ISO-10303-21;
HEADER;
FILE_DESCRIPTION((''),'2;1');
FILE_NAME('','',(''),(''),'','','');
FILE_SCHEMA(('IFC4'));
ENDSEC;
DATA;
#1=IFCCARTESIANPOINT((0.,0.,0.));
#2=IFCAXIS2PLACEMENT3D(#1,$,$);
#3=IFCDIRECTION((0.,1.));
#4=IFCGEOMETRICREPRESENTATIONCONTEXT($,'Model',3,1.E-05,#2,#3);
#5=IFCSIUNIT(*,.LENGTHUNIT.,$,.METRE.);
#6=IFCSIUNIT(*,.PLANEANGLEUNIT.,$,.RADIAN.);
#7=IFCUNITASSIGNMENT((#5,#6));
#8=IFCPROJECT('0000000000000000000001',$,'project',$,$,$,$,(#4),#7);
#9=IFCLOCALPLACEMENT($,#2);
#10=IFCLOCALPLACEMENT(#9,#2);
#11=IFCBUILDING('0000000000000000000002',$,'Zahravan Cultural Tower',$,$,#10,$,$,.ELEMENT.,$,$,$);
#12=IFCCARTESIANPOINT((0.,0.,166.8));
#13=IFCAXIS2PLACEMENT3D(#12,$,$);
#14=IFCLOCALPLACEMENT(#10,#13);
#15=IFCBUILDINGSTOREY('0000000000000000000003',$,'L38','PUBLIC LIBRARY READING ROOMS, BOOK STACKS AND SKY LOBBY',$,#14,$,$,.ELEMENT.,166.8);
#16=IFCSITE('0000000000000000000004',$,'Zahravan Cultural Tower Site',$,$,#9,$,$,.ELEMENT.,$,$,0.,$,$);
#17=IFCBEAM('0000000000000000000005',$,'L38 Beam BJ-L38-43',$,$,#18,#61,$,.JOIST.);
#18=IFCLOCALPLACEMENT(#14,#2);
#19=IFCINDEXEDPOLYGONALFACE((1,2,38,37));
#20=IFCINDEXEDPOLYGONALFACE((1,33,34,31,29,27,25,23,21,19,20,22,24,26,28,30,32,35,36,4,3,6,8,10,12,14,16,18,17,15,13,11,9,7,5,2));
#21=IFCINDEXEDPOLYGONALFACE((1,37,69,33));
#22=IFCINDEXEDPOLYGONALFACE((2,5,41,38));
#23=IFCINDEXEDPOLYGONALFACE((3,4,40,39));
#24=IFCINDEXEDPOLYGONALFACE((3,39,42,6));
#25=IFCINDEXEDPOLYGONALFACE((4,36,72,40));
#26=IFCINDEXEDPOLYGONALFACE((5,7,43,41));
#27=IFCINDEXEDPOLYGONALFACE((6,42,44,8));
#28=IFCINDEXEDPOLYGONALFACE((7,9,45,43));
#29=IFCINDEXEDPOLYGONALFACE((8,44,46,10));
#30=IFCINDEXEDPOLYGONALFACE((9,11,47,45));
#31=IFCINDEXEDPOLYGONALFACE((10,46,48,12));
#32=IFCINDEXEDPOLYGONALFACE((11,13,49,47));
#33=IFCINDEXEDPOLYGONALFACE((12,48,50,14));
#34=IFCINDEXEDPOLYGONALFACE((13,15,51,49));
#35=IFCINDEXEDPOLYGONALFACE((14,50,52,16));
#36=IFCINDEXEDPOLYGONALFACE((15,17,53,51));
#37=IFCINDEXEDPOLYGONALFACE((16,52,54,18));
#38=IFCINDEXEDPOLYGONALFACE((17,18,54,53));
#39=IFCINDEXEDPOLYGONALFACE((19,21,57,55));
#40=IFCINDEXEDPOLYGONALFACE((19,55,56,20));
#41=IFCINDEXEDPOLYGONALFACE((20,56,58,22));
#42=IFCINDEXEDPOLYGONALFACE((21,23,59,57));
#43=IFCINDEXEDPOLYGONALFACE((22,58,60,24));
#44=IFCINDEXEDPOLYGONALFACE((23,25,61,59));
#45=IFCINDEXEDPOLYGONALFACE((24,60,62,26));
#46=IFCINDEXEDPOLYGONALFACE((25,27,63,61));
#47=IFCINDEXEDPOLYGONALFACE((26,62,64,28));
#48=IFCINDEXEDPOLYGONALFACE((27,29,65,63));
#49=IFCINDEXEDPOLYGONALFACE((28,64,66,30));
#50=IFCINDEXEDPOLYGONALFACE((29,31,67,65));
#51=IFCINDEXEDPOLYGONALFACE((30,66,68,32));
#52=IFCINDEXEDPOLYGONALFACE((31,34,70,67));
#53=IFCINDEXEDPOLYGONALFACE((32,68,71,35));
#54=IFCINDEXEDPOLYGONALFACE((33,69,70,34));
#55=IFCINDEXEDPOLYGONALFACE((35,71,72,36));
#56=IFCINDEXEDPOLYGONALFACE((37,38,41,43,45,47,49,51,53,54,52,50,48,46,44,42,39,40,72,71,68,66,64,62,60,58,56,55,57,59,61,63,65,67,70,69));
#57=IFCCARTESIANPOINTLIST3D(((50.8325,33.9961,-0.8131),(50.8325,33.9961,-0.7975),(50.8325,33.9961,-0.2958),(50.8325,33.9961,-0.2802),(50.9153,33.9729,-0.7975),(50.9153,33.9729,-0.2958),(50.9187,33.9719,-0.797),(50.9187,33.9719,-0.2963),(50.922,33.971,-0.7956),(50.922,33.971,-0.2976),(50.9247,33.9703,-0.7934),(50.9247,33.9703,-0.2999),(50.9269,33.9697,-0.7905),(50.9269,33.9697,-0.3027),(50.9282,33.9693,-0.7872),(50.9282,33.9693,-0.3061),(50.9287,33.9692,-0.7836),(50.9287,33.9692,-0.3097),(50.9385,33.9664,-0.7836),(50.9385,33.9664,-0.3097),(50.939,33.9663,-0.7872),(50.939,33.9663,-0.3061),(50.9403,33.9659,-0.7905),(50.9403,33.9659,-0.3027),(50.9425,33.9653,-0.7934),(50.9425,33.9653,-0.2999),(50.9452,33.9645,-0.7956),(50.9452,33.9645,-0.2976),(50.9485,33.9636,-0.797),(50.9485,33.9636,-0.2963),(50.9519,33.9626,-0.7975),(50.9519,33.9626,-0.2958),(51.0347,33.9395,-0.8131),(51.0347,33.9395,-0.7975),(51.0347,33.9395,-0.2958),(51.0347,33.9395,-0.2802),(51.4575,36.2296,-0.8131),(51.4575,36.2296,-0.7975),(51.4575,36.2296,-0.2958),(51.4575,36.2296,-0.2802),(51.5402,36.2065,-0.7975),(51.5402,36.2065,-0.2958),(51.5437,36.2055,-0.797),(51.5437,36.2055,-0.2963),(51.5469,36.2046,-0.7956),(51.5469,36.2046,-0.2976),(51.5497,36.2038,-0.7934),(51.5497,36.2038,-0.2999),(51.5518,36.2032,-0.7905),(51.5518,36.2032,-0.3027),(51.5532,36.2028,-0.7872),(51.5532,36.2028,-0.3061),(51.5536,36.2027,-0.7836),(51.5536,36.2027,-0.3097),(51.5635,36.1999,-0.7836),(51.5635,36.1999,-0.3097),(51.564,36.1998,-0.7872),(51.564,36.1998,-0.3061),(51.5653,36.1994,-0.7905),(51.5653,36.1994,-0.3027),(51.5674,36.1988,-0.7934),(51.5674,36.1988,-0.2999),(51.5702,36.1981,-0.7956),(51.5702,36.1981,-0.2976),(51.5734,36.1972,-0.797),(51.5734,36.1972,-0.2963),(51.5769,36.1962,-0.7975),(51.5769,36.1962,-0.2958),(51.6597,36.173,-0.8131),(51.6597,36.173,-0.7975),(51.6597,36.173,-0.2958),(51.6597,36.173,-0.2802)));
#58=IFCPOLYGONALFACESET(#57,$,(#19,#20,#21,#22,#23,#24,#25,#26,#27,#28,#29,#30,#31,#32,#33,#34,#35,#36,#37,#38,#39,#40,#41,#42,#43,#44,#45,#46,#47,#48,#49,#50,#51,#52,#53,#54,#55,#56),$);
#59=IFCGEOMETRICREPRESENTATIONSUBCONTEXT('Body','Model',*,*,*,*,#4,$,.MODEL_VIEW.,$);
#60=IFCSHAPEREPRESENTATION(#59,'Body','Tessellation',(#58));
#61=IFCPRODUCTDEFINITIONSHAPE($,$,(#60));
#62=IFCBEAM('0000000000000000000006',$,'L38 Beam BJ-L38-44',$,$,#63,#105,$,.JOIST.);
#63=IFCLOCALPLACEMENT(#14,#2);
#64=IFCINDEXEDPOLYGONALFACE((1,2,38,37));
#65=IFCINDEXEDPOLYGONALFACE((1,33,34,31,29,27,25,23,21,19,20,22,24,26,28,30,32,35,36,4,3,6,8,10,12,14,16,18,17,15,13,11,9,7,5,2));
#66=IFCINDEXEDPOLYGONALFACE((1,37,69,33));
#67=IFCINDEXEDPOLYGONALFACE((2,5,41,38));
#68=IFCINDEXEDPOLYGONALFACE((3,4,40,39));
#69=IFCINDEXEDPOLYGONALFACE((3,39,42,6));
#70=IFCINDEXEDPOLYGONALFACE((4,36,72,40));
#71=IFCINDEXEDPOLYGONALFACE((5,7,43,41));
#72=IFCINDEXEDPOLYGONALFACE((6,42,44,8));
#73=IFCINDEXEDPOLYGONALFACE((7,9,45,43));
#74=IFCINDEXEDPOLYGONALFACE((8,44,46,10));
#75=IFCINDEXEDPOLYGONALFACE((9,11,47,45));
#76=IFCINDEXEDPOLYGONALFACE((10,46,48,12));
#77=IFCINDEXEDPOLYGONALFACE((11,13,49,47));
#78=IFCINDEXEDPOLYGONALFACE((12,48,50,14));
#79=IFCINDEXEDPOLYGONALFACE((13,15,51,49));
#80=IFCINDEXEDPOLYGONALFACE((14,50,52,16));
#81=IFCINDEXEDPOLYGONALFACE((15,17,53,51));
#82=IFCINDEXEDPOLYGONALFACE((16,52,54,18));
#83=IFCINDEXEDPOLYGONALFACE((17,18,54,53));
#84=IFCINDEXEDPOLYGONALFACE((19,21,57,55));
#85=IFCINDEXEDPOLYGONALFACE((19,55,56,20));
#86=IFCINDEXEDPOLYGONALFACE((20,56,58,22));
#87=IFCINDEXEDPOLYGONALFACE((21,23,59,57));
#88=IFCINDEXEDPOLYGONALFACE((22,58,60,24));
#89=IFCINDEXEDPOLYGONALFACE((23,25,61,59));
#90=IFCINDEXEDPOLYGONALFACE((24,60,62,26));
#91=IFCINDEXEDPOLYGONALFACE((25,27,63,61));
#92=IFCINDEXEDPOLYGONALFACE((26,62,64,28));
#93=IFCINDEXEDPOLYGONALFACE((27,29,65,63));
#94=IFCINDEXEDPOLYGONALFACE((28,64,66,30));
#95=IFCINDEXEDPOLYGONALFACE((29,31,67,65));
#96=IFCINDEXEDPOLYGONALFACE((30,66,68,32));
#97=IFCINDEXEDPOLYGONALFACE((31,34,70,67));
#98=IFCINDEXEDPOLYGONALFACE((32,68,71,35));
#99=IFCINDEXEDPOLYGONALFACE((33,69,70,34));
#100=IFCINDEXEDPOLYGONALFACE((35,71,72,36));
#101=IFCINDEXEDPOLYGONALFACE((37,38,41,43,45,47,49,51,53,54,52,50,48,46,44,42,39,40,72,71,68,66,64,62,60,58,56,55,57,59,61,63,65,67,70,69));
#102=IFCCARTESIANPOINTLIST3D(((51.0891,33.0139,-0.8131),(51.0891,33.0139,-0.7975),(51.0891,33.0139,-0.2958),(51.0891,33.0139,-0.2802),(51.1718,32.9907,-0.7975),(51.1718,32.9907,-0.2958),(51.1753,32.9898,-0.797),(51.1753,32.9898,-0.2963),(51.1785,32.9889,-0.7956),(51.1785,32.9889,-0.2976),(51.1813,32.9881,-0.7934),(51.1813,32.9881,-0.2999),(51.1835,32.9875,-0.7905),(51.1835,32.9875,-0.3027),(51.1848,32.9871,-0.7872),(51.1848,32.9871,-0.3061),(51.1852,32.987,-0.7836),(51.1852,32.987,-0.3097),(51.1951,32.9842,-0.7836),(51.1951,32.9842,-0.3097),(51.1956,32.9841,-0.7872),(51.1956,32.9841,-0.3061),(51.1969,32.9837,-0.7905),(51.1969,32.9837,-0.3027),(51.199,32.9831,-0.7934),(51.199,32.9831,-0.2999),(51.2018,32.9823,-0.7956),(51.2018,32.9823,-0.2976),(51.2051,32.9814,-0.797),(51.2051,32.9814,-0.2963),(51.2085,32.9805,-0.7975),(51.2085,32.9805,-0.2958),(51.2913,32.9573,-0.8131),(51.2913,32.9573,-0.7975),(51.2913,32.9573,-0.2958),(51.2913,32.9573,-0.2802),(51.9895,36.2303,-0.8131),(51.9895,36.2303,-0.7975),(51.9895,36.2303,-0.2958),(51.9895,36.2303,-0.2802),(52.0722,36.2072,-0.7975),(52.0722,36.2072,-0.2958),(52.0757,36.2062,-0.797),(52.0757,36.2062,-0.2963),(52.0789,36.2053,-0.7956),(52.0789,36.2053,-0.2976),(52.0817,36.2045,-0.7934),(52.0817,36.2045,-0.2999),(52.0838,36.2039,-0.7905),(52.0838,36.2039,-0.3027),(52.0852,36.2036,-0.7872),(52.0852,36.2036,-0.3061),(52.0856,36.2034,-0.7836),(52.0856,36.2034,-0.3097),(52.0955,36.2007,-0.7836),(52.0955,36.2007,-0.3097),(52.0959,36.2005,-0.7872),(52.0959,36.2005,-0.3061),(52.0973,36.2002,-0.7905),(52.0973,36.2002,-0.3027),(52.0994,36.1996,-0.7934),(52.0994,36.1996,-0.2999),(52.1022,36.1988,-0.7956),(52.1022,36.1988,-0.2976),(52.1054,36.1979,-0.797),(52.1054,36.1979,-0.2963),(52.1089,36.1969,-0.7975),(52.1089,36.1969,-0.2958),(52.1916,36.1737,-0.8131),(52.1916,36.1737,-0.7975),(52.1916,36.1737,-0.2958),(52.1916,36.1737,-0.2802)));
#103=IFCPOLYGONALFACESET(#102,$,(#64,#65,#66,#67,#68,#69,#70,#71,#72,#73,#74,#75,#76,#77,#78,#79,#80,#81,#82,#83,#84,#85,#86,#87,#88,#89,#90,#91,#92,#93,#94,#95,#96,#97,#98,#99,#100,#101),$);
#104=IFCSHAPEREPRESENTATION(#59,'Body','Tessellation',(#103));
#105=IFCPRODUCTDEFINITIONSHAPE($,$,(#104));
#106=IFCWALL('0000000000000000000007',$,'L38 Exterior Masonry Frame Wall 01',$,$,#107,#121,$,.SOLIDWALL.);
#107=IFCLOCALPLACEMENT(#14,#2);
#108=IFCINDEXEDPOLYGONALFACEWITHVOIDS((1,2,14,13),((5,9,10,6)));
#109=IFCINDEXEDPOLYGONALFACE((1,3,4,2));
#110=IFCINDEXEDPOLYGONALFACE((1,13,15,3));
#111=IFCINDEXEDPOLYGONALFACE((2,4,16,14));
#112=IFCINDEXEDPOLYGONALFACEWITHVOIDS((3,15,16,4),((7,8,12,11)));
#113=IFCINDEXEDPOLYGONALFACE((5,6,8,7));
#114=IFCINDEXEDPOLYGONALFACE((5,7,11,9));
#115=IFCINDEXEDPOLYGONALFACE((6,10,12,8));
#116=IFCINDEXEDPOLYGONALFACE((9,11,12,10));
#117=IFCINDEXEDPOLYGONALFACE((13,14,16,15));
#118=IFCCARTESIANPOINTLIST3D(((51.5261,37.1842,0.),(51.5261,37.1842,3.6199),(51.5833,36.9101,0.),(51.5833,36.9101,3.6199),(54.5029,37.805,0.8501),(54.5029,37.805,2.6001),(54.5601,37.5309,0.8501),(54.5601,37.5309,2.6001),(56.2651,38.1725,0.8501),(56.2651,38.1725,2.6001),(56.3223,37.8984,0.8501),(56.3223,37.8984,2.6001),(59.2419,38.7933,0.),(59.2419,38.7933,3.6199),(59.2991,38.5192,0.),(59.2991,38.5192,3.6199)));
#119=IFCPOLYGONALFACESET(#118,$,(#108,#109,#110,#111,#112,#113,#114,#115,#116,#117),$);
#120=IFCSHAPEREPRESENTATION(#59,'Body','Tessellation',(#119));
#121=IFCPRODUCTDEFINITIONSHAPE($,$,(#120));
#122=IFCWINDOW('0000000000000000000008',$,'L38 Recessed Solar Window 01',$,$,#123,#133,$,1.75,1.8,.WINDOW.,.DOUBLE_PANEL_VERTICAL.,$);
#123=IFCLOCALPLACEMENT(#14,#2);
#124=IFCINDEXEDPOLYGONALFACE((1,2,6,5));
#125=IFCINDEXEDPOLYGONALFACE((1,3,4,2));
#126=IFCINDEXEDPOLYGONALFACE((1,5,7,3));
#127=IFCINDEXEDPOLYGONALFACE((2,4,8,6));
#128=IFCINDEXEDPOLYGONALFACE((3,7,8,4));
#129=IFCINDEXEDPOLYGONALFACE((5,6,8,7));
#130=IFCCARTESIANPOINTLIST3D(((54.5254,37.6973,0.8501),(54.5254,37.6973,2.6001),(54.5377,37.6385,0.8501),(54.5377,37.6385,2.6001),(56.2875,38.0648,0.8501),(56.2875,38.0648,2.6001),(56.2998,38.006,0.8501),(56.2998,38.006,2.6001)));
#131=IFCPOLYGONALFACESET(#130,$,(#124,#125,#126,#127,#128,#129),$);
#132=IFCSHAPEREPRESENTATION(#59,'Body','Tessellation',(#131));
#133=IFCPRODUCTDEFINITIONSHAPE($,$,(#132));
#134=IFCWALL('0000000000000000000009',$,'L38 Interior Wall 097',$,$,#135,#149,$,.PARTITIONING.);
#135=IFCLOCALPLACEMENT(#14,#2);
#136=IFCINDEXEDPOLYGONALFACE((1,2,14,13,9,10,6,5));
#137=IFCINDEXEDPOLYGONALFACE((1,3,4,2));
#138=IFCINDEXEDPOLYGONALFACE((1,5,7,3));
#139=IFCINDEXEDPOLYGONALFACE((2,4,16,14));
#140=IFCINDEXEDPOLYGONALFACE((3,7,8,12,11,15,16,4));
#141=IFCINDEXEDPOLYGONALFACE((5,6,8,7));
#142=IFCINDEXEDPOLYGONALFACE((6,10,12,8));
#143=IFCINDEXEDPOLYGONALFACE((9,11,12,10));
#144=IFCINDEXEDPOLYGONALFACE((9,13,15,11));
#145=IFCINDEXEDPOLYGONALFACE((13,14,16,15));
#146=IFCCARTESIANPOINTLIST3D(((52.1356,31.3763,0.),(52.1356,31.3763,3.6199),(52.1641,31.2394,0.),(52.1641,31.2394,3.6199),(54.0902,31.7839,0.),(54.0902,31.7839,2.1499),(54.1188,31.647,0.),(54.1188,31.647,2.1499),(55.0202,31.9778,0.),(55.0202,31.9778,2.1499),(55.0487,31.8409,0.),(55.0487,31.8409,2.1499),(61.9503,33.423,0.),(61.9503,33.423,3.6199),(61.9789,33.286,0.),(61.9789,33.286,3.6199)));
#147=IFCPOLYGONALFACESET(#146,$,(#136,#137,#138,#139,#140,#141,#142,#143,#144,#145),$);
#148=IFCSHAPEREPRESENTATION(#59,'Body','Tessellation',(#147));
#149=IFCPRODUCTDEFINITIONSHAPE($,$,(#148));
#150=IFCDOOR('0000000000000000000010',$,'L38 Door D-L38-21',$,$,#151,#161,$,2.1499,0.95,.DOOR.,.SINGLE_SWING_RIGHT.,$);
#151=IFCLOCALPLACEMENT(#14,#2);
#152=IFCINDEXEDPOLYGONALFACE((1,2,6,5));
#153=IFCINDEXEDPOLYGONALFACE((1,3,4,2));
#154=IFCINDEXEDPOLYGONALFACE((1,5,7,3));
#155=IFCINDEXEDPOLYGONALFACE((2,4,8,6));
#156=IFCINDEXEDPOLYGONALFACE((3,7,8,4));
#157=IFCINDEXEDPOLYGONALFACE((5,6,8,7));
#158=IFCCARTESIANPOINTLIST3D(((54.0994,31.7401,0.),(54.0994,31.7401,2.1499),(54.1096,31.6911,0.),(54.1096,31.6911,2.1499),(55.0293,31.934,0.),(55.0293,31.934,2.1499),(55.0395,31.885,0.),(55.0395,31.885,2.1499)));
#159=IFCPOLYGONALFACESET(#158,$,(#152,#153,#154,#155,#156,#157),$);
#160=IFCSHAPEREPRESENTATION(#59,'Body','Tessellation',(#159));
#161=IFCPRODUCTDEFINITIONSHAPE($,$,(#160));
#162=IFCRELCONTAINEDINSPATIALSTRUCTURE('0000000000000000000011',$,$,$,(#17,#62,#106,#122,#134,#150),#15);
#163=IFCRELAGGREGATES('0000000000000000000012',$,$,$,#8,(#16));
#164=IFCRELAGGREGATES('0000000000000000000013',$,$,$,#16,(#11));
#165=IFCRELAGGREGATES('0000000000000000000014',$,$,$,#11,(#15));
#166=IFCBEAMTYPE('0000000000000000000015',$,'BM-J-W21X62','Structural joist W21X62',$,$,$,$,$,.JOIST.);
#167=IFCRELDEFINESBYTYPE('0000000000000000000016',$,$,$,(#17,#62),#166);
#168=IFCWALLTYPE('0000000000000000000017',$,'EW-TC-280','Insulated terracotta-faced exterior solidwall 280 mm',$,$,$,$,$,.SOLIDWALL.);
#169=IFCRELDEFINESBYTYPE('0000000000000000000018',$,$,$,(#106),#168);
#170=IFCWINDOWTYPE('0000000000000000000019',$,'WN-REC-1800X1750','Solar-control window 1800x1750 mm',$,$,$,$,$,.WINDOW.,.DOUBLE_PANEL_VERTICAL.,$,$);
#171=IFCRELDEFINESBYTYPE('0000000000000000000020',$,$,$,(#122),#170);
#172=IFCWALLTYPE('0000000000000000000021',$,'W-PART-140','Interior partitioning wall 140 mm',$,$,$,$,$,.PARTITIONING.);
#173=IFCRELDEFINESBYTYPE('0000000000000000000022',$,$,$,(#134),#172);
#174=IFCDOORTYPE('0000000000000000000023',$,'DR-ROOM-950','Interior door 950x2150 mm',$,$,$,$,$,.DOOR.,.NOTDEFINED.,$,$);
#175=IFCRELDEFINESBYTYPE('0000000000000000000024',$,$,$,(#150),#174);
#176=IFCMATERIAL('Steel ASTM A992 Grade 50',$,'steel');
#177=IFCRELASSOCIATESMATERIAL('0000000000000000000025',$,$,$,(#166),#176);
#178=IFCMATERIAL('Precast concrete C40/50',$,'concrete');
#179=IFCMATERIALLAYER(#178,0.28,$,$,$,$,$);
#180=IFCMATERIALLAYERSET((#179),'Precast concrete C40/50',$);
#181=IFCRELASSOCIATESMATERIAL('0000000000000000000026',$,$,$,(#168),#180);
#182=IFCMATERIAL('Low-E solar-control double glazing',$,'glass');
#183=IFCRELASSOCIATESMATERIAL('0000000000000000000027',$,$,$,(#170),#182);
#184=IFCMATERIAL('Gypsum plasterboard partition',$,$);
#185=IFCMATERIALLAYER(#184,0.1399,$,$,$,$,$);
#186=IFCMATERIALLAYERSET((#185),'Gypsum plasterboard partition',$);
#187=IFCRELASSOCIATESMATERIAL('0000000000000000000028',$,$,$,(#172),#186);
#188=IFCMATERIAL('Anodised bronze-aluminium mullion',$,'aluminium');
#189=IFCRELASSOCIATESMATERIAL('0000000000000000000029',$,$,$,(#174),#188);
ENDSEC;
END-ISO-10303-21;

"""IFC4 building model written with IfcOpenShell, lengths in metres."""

from ifc_helpers import new_model, si_unit, direction, frame, frame_2d, origin, origin_2d, place, context, subcontext, project, spatial, rectangle, i_section, extrude, source, transform, mapped, material, layer, layer_set, material_profile, profile_set, type_object, element, fill, save


model = new_model("IFC4")

# Units and contexts
model_context = context("Model", 3, precision=1e-05, world=origin(), true_north=direction((0.0, 1.0)))
body_context = subcontext(model_context, "Body", "Model", "MODEL_VIEW")
ifc_project = project(units=[si_unit("LENGTHUNIT", "METRE"), si_unit("PLANEANGLEUNIT", "RADIAN")], contexts=[model_context])

# Site, building, storey
site_placement = place(None, origin())
site = spatial("IfcSite", under=ifc_project, at=site_placement, Name="Zahravan Cultural Tower Site", CompositionType="ELEMENT", RefElevation=0.0)
building_placement = place(site_placement, origin())
building = spatial("IfcBuilding", under=site, at=building_placement, Name="Zahravan Cultural Tower", CompositionType="ELEMENT")
storey_placement = place(building_placement, frame((0.0, 0.0, 166.8)))
storey = spatial("IfcBuildingStorey", under=building, at=storey_placement, Name="L38", Description="PUBLIC LIBRARY READING ROOMS, BOOK STACKS AND SKY LOBBY", CompositionType="ELEMENT", Elevation=166.8)

# Shared definitions
ifc_material_1 = material(Name="Steel ASTM A992 Grade 50", Category="steel")

# Beams
ifc_material_profile_1 = material_profile(ifc_material_1, i_section(OverallWidth=0.21, OverallDepth=0.533, WebThickness=0.0103, FlangeThickness=0.0156, FilletRadius=0.0139, at=origin_2d()), Name="W21X62")
ifc_profile_set_1 = profile_set([ifc_material_profile_1], Name="Steel ASTM A992 Grade 50")
beam_type_1 = type_object("IfcBeamType", Name="BM-J-W21X62", Description="Structural joist W21X62", PredefinedType="JOIST", material=ifc_profile_set_1)
shared_shape_1 = source(origin(), body_context, "Body", "SweptSolid", [
    extrude(i_section(OverallWidth=0.21, OverallDepth=0.533, WebThickness=0.0103, FlangeThickness=0.0156, FilletRadius=0.0139, at=origin_2d()), origin(), (0.0, 0.0, 1.0), 2.3193),
])
beam_1_placement = place(storey_placement, frame((50.9336, 33.9678, -0.5466), z_axis=(0.269462, 0.963011, 0.0), x_axis=(-0.963011, 0.269462, 0.0)))
element("IfcBeam", 1, at=beam_1_placement, inside=storey, type_object=beam_type_1, Name="L38 Beam BJ-L38-43", PredefinedType="JOIST", context=body_context, shape_type="MappedRepresentation", body=[
    mapped(shared_shape_1, transform((0.0, 0.0, 0.0), x_axis=(1.0, 0.0, 0.0), y_axis=(0.0, 1.0, 0.0), z_axis=(0.0, 0.0, 1.0), scale=1.0)),
])
shared_shape_2 = source(origin(), body_context, "Body", "SweptSolid", [
    extrude(i_section(OverallWidth=0.21, OverallDepth=0.533, WebThickness=0.0103, FlangeThickness=0.0156, FilletRadius=0.0139, at=origin_2d()), origin(), (0.0, 0.0, 1.0), 3.3401),
])
beam_2_placement = place(storey_placement, frame((51.1902, 32.9856, -0.5466), z_axis=(0.269562, 0.962983, 0.0), x_axis=(-0.962983, 0.269562, 0.0)))
element("IfcBeam", 2, at=beam_2_placement, inside=storey, type_object=beam_type_1, Name="L38 Beam BJ-L38-44", PredefinedType="JOIST", context=body_context, shape_type="MappedRepresentation", body=[
    mapped(shared_shape_2, transform((0.0, 0.0, 0.0), x_axis=(1.0, 0.0, 0.0), y_axis=(0.0, 1.0, 0.0), z_axis=(0.0, 0.0, 1.0), scale=1.0)),
])

# Wall, opening, window
ifc_material_2 = material(Name="Precast concrete C40/50", Category="concrete")
ifc_layer_1 = layer(ifc_material_2, 0.28)
ifc_layer_set_1 = layer_set([ifc_layer_1], Name="Precast concrete C40/50")
wall_type_1 = type_object("IfcWallType", Name="EW-TC-280", Description="Insulated terracotta-faced exterior solidwall 280 mm", PredefinedType="SOLIDWALL", material=ifc_layer_set_1)
wall_1_placement = place(storey_placement, frame((51.5547, 37.0471, 0.0), z_axis=(0.0, 0.0, 1.0), x_axis=(0.978938, 0.204157, 0.0)))
wall_1 = element("IfcWall", 3, at=wall_1_placement, inside=storey, type_object=wall_type_1, Name="L38 Exterior Masonry Frame Wall 01", PredefinedType="SOLIDWALL", context=body_context, shape_type="SweptSolid", body=[
    extrude(rectangle(XDim=7.8818, YDim=0.28, at=frame_2d((3.9409, 0.0))), origin(), (0.0, 0.0, 1.0), 3.6199),
])
opening_1_placement = place(wall_1_placement, frame((3.041, 0.0, 0.8501)))
opening_1 = element("IfcOpeningElement", 4, at=opening_1_placement, cuts=wall_1, PredefinedType="OPENING", context=body_context, shape_type="SweptSolid", body=[
    extrude(rectangle(XDim=1.8, YDim=1.75, at=frame_2d((0.8999, 0.875))), frame((0.0, 0.1499, 0.0), z_axis=(0.0, -1.0, 0.0), x_axis=(1.0, 0.0, 0.0)), (0.0, 0.0, 1.0), 0.3),
])
ifc_material_3 = material(Name="Low-E solar-control double glazing", Category="glass")
window_type = type_object("IfcWindowType", Name="WN-REC-1800X1750", Description="Solar-control window 1800x1750 mm", PartitioningType="DOUBLE_PANEL_VERTICAL", PredefinedType="WINDOW", material=ifc_material_3)
shared_shape_3 = source(origin(), body_context, "Body", "SweptSolid", [
    extrude(rectangle(XDim=1.8, YDim=1.75, at=frame_2d((0.8999, 0.875))), frame((0.0, 0.03, 0.0), z_axis=(0.0, -1.0, 0.0), x_axis=(1.0, 0.0, 0.0)), (0.0, 0.0, 1.0), 0.0601),
])
window_placement = place(opening_1_placement, origin())
window = element("IfcWindow", 5, at=window_placement, inside=storey, type_object=window_type, Name="L38 Recessed Solar Window 01", OverallHeight=1.75, OverallWidth=1.8, PartitioningType="DOUBLE_PANEL_VERTICAL", PredefinedType="WINDOW", context=body_context, shape_type="MappedRepresentation", body=[
    mapped(shared_shape_3, transform((0.0, 0.0, 0.0), x_axis=(1.0, 0.0, 0.0), y_axis=(0.0, 1.0, 0.0), z_axis=(0.0, 0.0, 1.0), scale=1.0)),
])
fill(opening_1, window)

# Wall, opening, door
ifc_material_4 = material(Name="Gypsum plasterboard partition")
ifc_layer_2 = layer(ifc_material_4, 0.1399)
ifc_layer_set_2 = layer_set([ifc_layer_2], Name="Gypsum plasterboard partition")
wall_type_2 = type_object("IfcWallType", Name="W-PART-140", Description="Interior partitioning wall 140 mm", PredefinedType="PARTITIONING", material=ifc_layer_set_2)
wall_2_placement = place(storey_placement, frame((61.9646, 33.3545, 0.0), z_axis=(0.0, 0.0, 1.0), x_axis=(-0.978943, -0.204136, 0.0)))
wall_2 = element("IfcWall", 6, at=wall_2_placement, inside=storey, type_object=wall_type_2, Name="L38 Interior Wall 097", PredefinedType="PARTITIONING", context=body_context, shape_type="SweptSolid", body=[
    extrude(rectangle(XDim=10.0259, YDim=0.1399, at=frame_2d((5.0129, 0.0))), origin(), (0.0, 0.0, 1.0), 3.6199),
])
opening_2_placement = place(wall_2_placement, frame((7.0791, 0.0, 0.0)))
opening_2 = element("IfcOpeningElement", 7, at=opening_2_placement, cuts=wall_2, PredefinedType="OPENING", context=body_context, shape_type="SweptSolid", body=[
    extrude(rectangle(XDim=0.95, YDim=2.1499, at=frame_2d((0.4751, 1.075))), frame((0.0, 0.0798, 0.0), z_axis=(0.0, -1.0, 0.0), x_axis=(1.0, 0.0, 0.0)), (0.0, 0.0, 1.0), 0.1599),
])
ifc_material_5 = material(Name="Anodised bronze-aluminium mullion", Category="aluminium")
door_type = type_object("IfcDoorType", Name="DR-ROOM-950", Description="Interior door 950x2150 mm", OperationType="NOTDEFINED", PredefinedType="DOOR", material=ifc_material_5)
shared_shape_4 = source(origin(), body_context, "Body", "SweptSolid", [
    extrude(rectangle(XDim=0.95, YDim=2.1499, at=frame_2d((0.4751, 1.075))), frame((0.0, 0.0249, 0.0), z_axis=(0.0, -1.0, 0.0), x_axis=(1.0, 0.0, 0.0)), (0.0, 0.0, 1.0), 0.05),
])
door_placement = place(opening_2_placement, origin())
door = element("IfcDoor", 8, at=door_placement, inside=storey, type_object=door_type, Name="L38 Door D-L38-21", OperationType="SINGLE_SWING_RIGHT", OverallHeight=2.1499, OverallWidth=0.95, PredefinedType="DOOR", context=body_context, shape_type="MappedRepresentation", body=[
    mapped(shared_shape_4, transform((0.0, 0.0, 0.0), x_axis=(1.0, 0.0, 0.0), y_axis=(0.0, 1.0, 0.0), z_axis=(0.0, 0.0, 1.0), scale=1.0)),
])
fill(opening_2, door)

save(model, "model.ifc")
